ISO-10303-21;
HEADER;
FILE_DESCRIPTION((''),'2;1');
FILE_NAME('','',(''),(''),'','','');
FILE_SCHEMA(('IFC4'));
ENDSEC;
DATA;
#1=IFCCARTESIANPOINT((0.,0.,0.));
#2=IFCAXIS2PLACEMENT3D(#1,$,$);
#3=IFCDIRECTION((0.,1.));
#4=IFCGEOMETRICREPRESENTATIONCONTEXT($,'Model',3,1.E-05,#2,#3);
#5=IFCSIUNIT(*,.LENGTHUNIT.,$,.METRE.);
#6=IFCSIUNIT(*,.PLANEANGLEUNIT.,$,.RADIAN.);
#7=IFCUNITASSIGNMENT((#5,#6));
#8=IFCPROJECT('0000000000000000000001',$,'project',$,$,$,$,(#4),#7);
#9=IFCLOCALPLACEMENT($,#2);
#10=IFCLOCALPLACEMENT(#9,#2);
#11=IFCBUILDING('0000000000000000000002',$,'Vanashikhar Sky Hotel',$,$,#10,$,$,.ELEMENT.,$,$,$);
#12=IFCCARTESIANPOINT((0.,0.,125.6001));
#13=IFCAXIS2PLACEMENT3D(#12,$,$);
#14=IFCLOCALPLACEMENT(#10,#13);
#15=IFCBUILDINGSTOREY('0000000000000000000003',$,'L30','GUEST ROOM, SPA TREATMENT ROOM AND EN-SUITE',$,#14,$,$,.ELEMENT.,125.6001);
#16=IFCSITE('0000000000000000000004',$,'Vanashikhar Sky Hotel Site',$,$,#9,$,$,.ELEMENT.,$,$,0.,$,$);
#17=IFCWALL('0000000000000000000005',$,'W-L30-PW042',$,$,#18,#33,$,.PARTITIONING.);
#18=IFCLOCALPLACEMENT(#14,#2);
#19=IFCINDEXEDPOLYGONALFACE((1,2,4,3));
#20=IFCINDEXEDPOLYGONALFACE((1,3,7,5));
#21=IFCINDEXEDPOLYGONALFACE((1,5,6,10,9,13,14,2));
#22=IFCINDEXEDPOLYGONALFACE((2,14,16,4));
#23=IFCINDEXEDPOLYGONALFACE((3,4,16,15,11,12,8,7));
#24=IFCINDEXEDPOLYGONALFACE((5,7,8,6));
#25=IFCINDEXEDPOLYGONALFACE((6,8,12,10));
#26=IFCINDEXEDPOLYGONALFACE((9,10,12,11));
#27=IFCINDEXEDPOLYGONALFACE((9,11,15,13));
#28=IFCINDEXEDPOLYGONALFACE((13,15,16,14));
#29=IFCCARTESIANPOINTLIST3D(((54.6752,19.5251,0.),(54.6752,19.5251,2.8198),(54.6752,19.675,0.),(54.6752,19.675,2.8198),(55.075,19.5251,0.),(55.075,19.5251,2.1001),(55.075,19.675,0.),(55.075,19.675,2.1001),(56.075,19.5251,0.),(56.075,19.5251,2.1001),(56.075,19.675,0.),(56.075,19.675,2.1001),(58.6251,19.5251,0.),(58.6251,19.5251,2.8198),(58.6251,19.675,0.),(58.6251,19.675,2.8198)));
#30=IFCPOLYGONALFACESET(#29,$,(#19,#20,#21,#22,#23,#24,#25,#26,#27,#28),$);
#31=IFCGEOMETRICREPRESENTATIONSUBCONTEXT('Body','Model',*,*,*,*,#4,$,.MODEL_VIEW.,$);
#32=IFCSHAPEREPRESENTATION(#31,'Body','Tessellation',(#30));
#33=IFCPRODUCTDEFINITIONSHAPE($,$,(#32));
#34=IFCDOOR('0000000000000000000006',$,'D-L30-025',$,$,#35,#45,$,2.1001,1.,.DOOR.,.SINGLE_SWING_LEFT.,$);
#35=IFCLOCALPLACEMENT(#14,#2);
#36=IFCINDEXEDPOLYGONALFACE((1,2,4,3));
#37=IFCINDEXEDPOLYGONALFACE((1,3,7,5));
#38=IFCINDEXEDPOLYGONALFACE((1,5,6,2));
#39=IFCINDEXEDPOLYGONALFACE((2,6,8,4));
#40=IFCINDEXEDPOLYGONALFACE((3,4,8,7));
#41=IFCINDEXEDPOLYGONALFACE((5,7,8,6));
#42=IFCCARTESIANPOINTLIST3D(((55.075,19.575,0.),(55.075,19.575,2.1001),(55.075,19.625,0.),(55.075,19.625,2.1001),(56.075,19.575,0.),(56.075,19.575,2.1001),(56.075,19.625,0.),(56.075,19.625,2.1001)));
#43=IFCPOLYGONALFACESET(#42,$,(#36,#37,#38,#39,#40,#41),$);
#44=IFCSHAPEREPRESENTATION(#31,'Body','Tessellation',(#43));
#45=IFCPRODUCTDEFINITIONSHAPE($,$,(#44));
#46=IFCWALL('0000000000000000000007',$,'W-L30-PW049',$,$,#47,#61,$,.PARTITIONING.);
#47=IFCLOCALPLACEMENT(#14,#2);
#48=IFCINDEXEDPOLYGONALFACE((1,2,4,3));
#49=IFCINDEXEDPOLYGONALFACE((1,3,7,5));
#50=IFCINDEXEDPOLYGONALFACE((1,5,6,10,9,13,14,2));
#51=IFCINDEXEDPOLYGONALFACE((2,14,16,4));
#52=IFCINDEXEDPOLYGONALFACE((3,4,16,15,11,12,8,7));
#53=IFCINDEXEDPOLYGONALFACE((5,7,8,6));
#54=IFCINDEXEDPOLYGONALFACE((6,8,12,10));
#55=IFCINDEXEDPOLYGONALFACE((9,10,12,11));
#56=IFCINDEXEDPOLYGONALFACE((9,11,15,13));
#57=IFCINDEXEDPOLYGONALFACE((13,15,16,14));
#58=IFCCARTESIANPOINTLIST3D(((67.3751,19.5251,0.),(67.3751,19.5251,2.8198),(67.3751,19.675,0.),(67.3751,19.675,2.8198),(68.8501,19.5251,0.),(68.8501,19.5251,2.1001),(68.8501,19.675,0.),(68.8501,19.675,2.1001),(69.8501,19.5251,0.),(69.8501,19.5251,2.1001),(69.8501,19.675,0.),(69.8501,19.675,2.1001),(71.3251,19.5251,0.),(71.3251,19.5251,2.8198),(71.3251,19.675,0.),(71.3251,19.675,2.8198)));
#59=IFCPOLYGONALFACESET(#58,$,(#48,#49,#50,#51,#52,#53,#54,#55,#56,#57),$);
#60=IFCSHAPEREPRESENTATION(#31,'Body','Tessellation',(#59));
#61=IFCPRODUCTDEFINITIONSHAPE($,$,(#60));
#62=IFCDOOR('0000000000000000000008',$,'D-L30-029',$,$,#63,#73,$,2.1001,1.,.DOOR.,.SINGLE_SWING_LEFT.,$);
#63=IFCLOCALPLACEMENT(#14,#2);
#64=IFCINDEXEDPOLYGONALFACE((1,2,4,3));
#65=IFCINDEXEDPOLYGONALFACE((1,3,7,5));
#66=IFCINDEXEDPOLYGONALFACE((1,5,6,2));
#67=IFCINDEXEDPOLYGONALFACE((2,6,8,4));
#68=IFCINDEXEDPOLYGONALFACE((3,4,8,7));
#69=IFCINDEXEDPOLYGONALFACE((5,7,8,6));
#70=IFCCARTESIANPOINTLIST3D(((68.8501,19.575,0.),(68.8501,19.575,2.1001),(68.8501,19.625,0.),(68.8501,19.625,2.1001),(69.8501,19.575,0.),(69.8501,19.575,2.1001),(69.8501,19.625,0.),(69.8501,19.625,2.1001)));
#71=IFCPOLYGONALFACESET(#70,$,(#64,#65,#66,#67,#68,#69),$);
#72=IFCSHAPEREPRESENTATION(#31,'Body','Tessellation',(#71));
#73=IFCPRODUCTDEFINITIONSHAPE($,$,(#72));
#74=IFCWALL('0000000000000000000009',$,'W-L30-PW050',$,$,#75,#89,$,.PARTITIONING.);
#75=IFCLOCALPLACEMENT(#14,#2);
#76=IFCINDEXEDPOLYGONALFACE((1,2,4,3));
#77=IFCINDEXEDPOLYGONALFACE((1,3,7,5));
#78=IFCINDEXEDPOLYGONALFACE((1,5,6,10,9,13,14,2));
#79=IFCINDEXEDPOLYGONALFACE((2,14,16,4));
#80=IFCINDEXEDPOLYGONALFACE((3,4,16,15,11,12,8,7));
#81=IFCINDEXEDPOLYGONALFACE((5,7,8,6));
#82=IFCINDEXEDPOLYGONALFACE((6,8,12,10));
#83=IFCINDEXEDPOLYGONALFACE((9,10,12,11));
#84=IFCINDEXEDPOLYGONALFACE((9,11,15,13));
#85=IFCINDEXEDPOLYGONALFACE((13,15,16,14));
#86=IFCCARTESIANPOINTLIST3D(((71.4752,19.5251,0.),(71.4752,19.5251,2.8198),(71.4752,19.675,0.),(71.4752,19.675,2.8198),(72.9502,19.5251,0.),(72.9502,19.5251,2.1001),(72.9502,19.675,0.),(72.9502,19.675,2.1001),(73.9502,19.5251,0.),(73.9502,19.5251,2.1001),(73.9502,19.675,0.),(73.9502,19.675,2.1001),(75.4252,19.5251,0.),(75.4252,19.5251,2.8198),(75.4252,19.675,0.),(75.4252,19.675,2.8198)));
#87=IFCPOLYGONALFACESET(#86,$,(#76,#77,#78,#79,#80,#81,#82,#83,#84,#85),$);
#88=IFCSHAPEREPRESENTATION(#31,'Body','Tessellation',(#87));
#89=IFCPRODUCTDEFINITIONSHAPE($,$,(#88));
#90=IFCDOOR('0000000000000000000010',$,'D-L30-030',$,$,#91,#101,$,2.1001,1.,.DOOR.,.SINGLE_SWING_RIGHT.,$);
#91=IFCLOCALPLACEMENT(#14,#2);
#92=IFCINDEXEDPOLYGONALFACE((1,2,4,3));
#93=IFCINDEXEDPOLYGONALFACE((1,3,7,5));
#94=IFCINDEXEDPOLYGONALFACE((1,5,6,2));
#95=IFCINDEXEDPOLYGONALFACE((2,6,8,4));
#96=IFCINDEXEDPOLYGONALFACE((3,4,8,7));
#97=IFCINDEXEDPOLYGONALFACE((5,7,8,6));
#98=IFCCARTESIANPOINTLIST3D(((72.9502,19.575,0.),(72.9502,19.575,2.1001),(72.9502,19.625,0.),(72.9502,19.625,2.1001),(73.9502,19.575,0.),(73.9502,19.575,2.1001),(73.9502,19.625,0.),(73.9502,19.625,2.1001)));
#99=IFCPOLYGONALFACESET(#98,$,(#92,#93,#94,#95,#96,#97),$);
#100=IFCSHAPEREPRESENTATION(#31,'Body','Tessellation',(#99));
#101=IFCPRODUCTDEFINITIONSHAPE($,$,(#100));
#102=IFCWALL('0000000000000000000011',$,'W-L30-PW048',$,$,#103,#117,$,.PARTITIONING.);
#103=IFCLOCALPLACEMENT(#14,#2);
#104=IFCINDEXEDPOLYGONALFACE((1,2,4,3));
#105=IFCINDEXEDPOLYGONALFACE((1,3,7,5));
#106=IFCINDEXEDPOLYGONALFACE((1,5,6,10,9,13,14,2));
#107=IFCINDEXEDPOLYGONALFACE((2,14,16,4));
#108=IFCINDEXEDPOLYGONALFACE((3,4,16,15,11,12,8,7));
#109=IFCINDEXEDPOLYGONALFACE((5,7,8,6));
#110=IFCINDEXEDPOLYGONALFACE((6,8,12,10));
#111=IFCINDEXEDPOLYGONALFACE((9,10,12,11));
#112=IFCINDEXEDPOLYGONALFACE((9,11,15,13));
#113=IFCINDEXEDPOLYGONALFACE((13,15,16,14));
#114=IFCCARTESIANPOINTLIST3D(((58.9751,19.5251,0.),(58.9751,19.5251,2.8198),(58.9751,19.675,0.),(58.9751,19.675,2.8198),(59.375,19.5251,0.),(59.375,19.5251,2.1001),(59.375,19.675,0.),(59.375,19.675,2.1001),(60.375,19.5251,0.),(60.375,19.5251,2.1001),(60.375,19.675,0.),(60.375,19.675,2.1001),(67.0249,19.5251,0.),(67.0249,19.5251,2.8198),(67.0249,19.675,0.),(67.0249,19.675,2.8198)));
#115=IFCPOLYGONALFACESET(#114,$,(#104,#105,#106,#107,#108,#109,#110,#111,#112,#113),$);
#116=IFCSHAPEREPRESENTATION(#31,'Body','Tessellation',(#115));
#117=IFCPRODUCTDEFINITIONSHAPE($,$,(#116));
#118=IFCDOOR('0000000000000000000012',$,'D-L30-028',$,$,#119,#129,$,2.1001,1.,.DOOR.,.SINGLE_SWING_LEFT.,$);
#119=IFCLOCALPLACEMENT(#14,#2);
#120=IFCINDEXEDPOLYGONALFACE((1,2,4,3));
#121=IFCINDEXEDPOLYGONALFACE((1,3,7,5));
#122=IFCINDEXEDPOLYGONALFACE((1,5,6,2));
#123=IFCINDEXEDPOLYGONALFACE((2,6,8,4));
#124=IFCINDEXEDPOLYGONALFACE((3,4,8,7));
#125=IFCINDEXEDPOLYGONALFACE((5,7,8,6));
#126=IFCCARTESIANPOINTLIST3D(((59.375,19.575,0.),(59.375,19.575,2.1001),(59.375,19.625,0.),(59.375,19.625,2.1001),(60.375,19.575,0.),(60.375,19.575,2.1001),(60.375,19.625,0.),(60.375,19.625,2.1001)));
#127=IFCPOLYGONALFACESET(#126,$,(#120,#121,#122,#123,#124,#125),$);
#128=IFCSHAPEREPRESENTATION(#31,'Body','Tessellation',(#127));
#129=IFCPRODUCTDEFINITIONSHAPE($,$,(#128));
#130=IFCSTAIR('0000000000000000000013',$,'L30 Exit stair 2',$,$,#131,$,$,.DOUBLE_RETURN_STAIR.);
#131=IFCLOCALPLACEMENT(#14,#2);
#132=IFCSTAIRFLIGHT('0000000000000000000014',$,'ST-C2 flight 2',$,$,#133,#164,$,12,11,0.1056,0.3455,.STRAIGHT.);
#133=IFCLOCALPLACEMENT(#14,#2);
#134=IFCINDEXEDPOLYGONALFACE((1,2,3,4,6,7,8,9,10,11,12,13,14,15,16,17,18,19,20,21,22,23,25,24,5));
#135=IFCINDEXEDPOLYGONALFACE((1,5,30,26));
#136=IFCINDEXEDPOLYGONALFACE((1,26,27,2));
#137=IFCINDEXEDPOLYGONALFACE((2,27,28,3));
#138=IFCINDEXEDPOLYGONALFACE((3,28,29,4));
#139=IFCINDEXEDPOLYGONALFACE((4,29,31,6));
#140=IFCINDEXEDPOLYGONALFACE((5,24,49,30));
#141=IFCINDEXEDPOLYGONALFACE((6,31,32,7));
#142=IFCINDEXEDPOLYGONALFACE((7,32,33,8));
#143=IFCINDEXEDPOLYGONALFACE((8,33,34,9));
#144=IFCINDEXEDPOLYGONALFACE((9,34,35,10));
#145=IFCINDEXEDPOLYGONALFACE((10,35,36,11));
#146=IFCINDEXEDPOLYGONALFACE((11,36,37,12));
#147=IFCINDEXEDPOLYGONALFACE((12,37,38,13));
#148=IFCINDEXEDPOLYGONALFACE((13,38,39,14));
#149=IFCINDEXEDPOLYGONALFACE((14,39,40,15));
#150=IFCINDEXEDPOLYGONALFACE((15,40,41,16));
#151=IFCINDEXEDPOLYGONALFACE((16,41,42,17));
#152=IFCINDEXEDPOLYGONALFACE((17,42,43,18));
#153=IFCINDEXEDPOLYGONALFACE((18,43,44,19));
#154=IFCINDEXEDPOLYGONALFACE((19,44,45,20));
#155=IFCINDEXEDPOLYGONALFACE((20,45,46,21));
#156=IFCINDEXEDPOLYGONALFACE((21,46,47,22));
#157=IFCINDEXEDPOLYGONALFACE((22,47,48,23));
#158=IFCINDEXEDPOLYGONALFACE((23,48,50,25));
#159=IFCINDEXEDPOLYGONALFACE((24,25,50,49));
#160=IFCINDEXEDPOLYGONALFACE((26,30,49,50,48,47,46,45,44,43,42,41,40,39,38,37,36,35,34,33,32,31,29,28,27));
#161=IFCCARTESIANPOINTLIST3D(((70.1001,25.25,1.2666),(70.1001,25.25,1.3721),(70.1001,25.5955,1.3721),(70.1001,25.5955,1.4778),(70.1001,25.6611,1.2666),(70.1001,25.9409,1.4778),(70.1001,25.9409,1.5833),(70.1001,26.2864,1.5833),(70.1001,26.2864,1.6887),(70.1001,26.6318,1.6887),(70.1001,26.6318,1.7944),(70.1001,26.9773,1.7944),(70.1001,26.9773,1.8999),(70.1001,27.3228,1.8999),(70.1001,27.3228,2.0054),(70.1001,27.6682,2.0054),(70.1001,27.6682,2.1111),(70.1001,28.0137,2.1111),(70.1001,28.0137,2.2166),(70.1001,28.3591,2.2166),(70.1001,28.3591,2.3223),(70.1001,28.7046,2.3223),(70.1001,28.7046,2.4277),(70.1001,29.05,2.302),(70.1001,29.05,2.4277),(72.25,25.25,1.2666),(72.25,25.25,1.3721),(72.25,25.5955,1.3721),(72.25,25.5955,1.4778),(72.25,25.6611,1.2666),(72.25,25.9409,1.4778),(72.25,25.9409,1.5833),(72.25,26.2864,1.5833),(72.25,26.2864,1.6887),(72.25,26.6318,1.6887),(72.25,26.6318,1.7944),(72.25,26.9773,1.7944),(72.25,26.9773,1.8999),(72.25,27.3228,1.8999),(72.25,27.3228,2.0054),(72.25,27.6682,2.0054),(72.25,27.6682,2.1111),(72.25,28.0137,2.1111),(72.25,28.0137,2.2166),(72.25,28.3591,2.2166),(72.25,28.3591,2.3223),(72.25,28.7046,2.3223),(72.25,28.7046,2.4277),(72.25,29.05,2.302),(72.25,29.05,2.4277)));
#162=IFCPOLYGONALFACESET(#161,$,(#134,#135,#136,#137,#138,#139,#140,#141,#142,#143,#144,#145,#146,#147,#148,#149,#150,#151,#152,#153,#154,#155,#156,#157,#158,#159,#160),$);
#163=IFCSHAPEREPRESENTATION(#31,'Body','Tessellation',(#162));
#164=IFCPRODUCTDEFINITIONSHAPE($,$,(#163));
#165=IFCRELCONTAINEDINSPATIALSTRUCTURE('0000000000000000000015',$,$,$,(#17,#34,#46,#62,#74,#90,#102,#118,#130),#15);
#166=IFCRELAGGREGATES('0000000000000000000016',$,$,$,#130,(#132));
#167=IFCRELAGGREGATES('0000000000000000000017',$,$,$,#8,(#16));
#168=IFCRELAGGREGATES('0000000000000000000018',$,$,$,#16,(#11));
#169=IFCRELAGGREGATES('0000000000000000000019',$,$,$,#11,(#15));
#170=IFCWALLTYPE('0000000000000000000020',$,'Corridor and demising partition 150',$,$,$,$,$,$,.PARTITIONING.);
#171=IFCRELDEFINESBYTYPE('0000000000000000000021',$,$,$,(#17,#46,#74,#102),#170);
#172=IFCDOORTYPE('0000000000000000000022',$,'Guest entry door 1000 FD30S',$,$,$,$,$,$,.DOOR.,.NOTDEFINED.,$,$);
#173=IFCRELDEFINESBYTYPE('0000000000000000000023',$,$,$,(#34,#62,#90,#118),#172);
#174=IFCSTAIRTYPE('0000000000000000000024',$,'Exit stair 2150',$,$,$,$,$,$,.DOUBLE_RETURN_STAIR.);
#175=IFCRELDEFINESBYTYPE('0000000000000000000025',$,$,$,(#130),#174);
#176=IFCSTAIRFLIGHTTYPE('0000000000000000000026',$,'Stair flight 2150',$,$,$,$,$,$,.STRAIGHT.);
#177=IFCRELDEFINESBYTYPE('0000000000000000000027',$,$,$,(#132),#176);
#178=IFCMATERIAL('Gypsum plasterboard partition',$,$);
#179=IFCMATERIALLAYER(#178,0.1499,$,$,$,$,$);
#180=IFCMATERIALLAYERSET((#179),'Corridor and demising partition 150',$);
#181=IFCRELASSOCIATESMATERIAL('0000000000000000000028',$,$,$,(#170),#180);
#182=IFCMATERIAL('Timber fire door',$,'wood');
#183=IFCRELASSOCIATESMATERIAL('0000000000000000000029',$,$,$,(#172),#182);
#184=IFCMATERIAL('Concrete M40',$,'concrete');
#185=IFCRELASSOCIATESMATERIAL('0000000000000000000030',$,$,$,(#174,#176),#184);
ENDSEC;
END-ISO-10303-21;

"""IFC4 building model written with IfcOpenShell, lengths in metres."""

from ifc_helpers import new_model, si_unit, direction, frame, frame_2d, origin, place, context, subcontext, project, spatial, polyline, rectangle, outline, extrude, source, transform, mapped, material, layer, layer_set, type_object, element, fill, aggregate, save


model = new_model("IFC4")

# Units and contexts
model_context = context("Model", 3, precision=1e-05, world=origin(), true_north=direction((0.0, 1.0)))
body_context = subcontext(model_context, "Body", "Model", "MODEL_VIEW")
ifc_project = project(units=[si_unit("LENGTHUNIT", "METRE"), si_unit("PLANEANGLEUNIT", "RADIAN")], contexts=[model_context])

# Site, building, storey
site_placement = place(None, origin())
site = spatial("IfcSite", under=ifc_project, at=site_placement, Name="Vanashikhar Sky Hotel Site", CompositionType="ELEMENT", RefElevation=0.0)
building_placement = place(site_placement, origin())
building = spatial("IfcBuilding", under=site, at=building_placement, Name="Vanashikhar Sky Hotel", CompositionType="ELEMENT")
storey_placement = place(building_placement, frame((0.0, 0.0, 125.6001)))
storey = spatial("IfcBuildingStorey", under=building, at=storey_placement, Name="L30", Description="GUEST ROOM, SPA TREATMENT ROOM AND EN-SUITE", CompositionType="ELEMENT", Elevation=125.6001)

# Shared definitions
ifc_material_1 = material(Name="Concrete M40", Category="concrete")

# Shared definitions
ifc_material_2 = material(Name="Gypsum plasterboard partition")

# Walls, openings, doors
ifc_layer_1 = layer(ifc_material_2, 0.1499)
ifc_layer_set_1 = layer_set([ifc_layer_1], Name="Corridor and demising partition 150")
wall_type_1 = type_object("IfcWallType", Name="Corridor and demising partition 150", PredefinedType="PARTITIONING", material=ifc_layer_set_1)
shared_shape_1 = source(origin(), body_context, "Body", "SweptSolid", [
    extrude(rectangle(XDim=1.0, YDim=2.1001, at=frame_2d((0.5, 1.05))), frame((0.0, 0.085, 0.0), z_axis=(0.0, -1.0, 0.0), x_axis=(1.0, 0.0, 0.0)), (0.0, 0.0, 1.0), 0.1699),
])
ifc_material_3 = material(Name="Timber fire door", Category="wood")
door_type_1 = type_object("IfcDoorType", Name="Guest entry door 1000 FD30S", OperationType="NOTDEFINED", PredefinedType="DOOR", material=ifc_material_3)
shared_shape_2 = source(origin(), body_context, "Body", "SweptSolid", [
    extrude(rectangle(XDim=1.0, YDim=2.1001, at=frame_2d((0.5, 1.05))), frame((0.0, 0.0249, 0.0), z_axis=(0.0, -1.0, 0.0), x_axis=(1.0, 0.0, 0.0)), (0.0, 0.0, 1.0), 0.05),
])
shared_shape_3 = source(origin(), body_context, "Body", "SweptSolid", [
    extrude(rectangle(XDim=3.95, YDim=0.1499, at=frame_2d((1.9751, 0.0))), origin(), (0.0, 0.0, 1.0), 2.8198),
])
wall_1_placement = place(storey_placement, frame((54.675, 19.6001, 0.0), z_axis=(0.0, 0.0, 1.0), x_axis=(1.0, 0.0, 0.0)))
wall_1 = element("IfcWall", 1, at=wall_1_placement, inside=storey, type_object=wall_type_1, Name="W-L30-PW042", PredefinedType="PARTITIONING", context=body_context, shape_type="MappedRepresentation", body=[
    mapped(shared_shape_3, transform((0.0, 0.0, 0.0), scale=1.0)),
])
opening_1_placement = place(wall_1_placement, frame((0.3999, 0.0, 0.0)))
opening_1 = element("IfcOpeningElement", 2, at=opening_1_placement, cuts=wall_1, PredefinedType="OPENING", context=body_context, shape_type="MappedRepresentation", body=[
    mapped(shared_shape_1, transform((0.0, 0.0, 0.0), scale=1.0)),
])
door_1_placement = place(opening_1_placement, origin())
door_1 = element("IfcDoor", 3, at=door_1_placement, inside=storey, type_object=door_type_1, Name="D-L30-025", OperationType="SINGLE_SWING_LEFT", OverallHeight=2.1001, OverallWidth=1.0, PredefinedType="DOOR", context=body_context, shape_type="MappedRepresentation", body=[
    mapped(shared_shape_2, transform((0.0, 0.0, 0.0), scale=1.0)),
])
fill(opening_1, door_1)
wall_2_placement = place(storey_placement, frame((67.375, 19.6001, 0.0), z_axis=(0.0, 0.0, 1.0), x_axis=(1.0, 0.0, 0.0)))
wall_2 = element("IfcWall", 4, at=wall_2_placement, inside=storey, type_object=wall_type_1, Name="W-L30-PW049", PredefinedType="PARTITIONING", context=body_context, shape_type="MappedRepresentation", body=[
    mapped(shared_shape_3, transform((0.0, 0.0, 0.0), scale=1.0)),
])
opening_2_placement = place(wall_2_placement, frame((1.4751, 0.0, 0.0)))
opening_2 = element("IfcOpeningElement", 5, at=opening_2_placement, cuts=wall_2, PredefinedType="OPENING", context=body_context, shape_type="MappedRepresentation", body=[
    mapped(shared_shape_1, transform((0.0, 0.0, 0.0), scale=1.0)),
])
door_2_placement = place(opening_2_placement, origin())
door_2 = element("IfcDoor", 6, at=door_2_placement, inside=storey, type_object=door_type_1, Name="D-L30-029", OperationType="SINGLE_SWING_LEFT", OverallHeight=2.1001, OverallWidth=1.0, PredefinedType="DOOR", context=body_context, shape_type="MappedRepresentation", body=[
    mapped(shared_shape_2, transform((0.0, 0.0, 0.0), scale=1.0)),
])
fill(opening_2, door_2)
wall_3_placement = place(storey_placement, frame((71.4751, 19.6001, 0.0), z_axis=(0.0, 0.0, 1.0), x_axis=(1.0, 0.0, 0.0)))
wall_3 = element("IfcWall", 7, at=wall_3_placement, inside=storey, type_object=wall_type_1, Name="W-L30-PW050", PredefinedType="PARTITIONING", context=body_context, shape_type="MappedRepresentation", body=[
    mapped(shared_shape_3, transform((0.0, 0.0, 0.0), scale=1.0)),
])
opening_3_placement = place(wall_3_placement, frame((1.4751, 0.0, 0.0)))
opening_3 = element("IfcOpeningElement", 8, at=opening_3_placement, cuts=wall_3, PredefinedType="OPENING", context=body_context, shape_type="MappedRepresentation", body=[
    mapped(shared_shape_1, transform((0.0, 0.0, 0.0), scale=1.0)),
])
door_3_placement = place(opening_3_placement, origin())
door_3 = element("IfcDoor", 9, at=door_3_placement, inside=storey, type_object=door_type_1, Name="D-L30-030", OperationType="SINGLE_SWING_RIGHT", OverallHeight=2.1001, OverallWidth=1.0, PredefinedType="DOOR", context=body_context, shape_type="MappedRepresentation", body=[
    mapped(shared_shape_2, transform((0.0, 0.0, 0.0), scale=1.0)),
])
fill(opening_3, door_3)
shared_shape_4 = source(origin(), body_context, "Body", "SweptSolid", [
    extrude(rectangle(XDim=8.0498, YDim=0.1499, at=frame_2d((4.0249, 0.0))), origin(), (0.0, 0.0, 1.0), 2.8198),
])
wall_4_placement = place(storey_placement, frame((58.9751, 19.6001, 0.0), z_axis=(0.0, 0.0, 1.0), x_axis=(1.0, 0.0, 0.0)))
wall_4 = element("IfcWall", 10, at=wall_4_placement, inside=storey, type_object=wall_type_1, Name="W-L30-PW048", PredefinedType="PARTITIONING", context=body_context, shape_type="MappedRepresentation", body=[
    mapped(shared_shape_4, transform((0.0, 0.0, 0.0), scale=1.0)),
])
opening_4_placement = place(wall_4_placement, frame((0.3999, 0.0, 0.0)))
opening_4 = element("IfcOpeningElement", 11, at=opening_4_placement, cuts=wall_4, PredefinedType="OPENING", context=body_context, shape_type="MappedRepresentation", body=[
    mapped(shared_shape_1, transform((0.0, 0.0, 0.0), scale=1.0)),
])
door_4_placement = place(opening_4_placement, origin())
door_4 = element("IfcDoor", 12, at=door_4_placement, inside=storey, type_object=door_type_1, Name="D-L30-028", OperationType="SINGLE_SWING_LEFT", OverallHeight=2.1001, OverallWidth=1.0, PredefinedType="DOOR", context=body_context, shape_type="MappedRepresentation", body=[
    mapped(shared_shape_2, transform((0.0, 0.0, 0.0), scale=1.0)),
])
fill(opening_4, door_4)

# Stair, stair flight
stair_type = type_object("IfcStairType", Name="Exit stair 2150", PredefinedType="DOUBLE_RETURN_STAIR", material=ifc_material_1)
stair_placement = place(storey_placement, origin())
stair = element("IfcStair", 13, at=stair_placement, inside=storey, type_object=stair_type, Name="L30 Exit stair 2", PredefinedType="DOUBLE_RETURN_STAIR")
stair_flight_type = type_object("IfcStairFlightType", Name="Stair flight 2150", PredefinedType="STRAIGHT", material=ifc_material_1)
shared_shape_5 = source(origin(), body_context, "Body", "SweptSolid", [
    extrude(outline(polyline([(0.0, 0.0), (0.0, 0.1055), (0.3455, 0.1055), (0.3455, 0.2112), (0.6909, 0.2112), (0.6909, 0.3167), (1.0364, 0.3167), (1.0364, 0.4221), (1.3818, 0.4221), (1.3818, 0.5278), (1.7273, 0.5278), (1.7273, 0.6333), (2.0728, 0.6333), (2.0728, 0.7388), (2.4182, 0.7388), (2.4182, 0.8445), (2.7637, 0.8445), (2.7637, 0.95), (3.1091, 0.95), (3.1091, 1.0557), (3.4546, 1.0557), (3.4546, 1.1611), (3.8, 1.1611), (3.8, 1.2666), (3.8, 1.0354), (0.4111, 0.0), (0.0, 0.0)])), frame((0.0, 1.075, 0.0), z_axis=(0.0, -1.0, 0.0), x_axis=(1.0, 0.0, 0.0)), (0.0, 0.0, 1.0), 2.1499),
])
stair_flight_placement = place(storey_placement, frame((71.175, 25.25, 1.2666), z_axis=(0.0, 0.0, 1.0), x_axis=(0.0, 1.0, 0.0)))
stair_flight = element("IfcStairFlight", 14, at=stair_flight_placement, type_object=stair_flight_type, Name="ST-C2 flight 2", NumberOfRisers=12, NumberOfTreads=11, PredefinedType="STRAIGHT", RiserHeight=0.1056, TreadLength=0.3455, context=body_context, shape_type="MappedRepresentation", body=[
    mapped(shared_shape_5, transform((0.0, 0.0, 0.0), scale=1.0)),
])
aggregate(stair, [stair_flight])

save(model, "model.ifc")
